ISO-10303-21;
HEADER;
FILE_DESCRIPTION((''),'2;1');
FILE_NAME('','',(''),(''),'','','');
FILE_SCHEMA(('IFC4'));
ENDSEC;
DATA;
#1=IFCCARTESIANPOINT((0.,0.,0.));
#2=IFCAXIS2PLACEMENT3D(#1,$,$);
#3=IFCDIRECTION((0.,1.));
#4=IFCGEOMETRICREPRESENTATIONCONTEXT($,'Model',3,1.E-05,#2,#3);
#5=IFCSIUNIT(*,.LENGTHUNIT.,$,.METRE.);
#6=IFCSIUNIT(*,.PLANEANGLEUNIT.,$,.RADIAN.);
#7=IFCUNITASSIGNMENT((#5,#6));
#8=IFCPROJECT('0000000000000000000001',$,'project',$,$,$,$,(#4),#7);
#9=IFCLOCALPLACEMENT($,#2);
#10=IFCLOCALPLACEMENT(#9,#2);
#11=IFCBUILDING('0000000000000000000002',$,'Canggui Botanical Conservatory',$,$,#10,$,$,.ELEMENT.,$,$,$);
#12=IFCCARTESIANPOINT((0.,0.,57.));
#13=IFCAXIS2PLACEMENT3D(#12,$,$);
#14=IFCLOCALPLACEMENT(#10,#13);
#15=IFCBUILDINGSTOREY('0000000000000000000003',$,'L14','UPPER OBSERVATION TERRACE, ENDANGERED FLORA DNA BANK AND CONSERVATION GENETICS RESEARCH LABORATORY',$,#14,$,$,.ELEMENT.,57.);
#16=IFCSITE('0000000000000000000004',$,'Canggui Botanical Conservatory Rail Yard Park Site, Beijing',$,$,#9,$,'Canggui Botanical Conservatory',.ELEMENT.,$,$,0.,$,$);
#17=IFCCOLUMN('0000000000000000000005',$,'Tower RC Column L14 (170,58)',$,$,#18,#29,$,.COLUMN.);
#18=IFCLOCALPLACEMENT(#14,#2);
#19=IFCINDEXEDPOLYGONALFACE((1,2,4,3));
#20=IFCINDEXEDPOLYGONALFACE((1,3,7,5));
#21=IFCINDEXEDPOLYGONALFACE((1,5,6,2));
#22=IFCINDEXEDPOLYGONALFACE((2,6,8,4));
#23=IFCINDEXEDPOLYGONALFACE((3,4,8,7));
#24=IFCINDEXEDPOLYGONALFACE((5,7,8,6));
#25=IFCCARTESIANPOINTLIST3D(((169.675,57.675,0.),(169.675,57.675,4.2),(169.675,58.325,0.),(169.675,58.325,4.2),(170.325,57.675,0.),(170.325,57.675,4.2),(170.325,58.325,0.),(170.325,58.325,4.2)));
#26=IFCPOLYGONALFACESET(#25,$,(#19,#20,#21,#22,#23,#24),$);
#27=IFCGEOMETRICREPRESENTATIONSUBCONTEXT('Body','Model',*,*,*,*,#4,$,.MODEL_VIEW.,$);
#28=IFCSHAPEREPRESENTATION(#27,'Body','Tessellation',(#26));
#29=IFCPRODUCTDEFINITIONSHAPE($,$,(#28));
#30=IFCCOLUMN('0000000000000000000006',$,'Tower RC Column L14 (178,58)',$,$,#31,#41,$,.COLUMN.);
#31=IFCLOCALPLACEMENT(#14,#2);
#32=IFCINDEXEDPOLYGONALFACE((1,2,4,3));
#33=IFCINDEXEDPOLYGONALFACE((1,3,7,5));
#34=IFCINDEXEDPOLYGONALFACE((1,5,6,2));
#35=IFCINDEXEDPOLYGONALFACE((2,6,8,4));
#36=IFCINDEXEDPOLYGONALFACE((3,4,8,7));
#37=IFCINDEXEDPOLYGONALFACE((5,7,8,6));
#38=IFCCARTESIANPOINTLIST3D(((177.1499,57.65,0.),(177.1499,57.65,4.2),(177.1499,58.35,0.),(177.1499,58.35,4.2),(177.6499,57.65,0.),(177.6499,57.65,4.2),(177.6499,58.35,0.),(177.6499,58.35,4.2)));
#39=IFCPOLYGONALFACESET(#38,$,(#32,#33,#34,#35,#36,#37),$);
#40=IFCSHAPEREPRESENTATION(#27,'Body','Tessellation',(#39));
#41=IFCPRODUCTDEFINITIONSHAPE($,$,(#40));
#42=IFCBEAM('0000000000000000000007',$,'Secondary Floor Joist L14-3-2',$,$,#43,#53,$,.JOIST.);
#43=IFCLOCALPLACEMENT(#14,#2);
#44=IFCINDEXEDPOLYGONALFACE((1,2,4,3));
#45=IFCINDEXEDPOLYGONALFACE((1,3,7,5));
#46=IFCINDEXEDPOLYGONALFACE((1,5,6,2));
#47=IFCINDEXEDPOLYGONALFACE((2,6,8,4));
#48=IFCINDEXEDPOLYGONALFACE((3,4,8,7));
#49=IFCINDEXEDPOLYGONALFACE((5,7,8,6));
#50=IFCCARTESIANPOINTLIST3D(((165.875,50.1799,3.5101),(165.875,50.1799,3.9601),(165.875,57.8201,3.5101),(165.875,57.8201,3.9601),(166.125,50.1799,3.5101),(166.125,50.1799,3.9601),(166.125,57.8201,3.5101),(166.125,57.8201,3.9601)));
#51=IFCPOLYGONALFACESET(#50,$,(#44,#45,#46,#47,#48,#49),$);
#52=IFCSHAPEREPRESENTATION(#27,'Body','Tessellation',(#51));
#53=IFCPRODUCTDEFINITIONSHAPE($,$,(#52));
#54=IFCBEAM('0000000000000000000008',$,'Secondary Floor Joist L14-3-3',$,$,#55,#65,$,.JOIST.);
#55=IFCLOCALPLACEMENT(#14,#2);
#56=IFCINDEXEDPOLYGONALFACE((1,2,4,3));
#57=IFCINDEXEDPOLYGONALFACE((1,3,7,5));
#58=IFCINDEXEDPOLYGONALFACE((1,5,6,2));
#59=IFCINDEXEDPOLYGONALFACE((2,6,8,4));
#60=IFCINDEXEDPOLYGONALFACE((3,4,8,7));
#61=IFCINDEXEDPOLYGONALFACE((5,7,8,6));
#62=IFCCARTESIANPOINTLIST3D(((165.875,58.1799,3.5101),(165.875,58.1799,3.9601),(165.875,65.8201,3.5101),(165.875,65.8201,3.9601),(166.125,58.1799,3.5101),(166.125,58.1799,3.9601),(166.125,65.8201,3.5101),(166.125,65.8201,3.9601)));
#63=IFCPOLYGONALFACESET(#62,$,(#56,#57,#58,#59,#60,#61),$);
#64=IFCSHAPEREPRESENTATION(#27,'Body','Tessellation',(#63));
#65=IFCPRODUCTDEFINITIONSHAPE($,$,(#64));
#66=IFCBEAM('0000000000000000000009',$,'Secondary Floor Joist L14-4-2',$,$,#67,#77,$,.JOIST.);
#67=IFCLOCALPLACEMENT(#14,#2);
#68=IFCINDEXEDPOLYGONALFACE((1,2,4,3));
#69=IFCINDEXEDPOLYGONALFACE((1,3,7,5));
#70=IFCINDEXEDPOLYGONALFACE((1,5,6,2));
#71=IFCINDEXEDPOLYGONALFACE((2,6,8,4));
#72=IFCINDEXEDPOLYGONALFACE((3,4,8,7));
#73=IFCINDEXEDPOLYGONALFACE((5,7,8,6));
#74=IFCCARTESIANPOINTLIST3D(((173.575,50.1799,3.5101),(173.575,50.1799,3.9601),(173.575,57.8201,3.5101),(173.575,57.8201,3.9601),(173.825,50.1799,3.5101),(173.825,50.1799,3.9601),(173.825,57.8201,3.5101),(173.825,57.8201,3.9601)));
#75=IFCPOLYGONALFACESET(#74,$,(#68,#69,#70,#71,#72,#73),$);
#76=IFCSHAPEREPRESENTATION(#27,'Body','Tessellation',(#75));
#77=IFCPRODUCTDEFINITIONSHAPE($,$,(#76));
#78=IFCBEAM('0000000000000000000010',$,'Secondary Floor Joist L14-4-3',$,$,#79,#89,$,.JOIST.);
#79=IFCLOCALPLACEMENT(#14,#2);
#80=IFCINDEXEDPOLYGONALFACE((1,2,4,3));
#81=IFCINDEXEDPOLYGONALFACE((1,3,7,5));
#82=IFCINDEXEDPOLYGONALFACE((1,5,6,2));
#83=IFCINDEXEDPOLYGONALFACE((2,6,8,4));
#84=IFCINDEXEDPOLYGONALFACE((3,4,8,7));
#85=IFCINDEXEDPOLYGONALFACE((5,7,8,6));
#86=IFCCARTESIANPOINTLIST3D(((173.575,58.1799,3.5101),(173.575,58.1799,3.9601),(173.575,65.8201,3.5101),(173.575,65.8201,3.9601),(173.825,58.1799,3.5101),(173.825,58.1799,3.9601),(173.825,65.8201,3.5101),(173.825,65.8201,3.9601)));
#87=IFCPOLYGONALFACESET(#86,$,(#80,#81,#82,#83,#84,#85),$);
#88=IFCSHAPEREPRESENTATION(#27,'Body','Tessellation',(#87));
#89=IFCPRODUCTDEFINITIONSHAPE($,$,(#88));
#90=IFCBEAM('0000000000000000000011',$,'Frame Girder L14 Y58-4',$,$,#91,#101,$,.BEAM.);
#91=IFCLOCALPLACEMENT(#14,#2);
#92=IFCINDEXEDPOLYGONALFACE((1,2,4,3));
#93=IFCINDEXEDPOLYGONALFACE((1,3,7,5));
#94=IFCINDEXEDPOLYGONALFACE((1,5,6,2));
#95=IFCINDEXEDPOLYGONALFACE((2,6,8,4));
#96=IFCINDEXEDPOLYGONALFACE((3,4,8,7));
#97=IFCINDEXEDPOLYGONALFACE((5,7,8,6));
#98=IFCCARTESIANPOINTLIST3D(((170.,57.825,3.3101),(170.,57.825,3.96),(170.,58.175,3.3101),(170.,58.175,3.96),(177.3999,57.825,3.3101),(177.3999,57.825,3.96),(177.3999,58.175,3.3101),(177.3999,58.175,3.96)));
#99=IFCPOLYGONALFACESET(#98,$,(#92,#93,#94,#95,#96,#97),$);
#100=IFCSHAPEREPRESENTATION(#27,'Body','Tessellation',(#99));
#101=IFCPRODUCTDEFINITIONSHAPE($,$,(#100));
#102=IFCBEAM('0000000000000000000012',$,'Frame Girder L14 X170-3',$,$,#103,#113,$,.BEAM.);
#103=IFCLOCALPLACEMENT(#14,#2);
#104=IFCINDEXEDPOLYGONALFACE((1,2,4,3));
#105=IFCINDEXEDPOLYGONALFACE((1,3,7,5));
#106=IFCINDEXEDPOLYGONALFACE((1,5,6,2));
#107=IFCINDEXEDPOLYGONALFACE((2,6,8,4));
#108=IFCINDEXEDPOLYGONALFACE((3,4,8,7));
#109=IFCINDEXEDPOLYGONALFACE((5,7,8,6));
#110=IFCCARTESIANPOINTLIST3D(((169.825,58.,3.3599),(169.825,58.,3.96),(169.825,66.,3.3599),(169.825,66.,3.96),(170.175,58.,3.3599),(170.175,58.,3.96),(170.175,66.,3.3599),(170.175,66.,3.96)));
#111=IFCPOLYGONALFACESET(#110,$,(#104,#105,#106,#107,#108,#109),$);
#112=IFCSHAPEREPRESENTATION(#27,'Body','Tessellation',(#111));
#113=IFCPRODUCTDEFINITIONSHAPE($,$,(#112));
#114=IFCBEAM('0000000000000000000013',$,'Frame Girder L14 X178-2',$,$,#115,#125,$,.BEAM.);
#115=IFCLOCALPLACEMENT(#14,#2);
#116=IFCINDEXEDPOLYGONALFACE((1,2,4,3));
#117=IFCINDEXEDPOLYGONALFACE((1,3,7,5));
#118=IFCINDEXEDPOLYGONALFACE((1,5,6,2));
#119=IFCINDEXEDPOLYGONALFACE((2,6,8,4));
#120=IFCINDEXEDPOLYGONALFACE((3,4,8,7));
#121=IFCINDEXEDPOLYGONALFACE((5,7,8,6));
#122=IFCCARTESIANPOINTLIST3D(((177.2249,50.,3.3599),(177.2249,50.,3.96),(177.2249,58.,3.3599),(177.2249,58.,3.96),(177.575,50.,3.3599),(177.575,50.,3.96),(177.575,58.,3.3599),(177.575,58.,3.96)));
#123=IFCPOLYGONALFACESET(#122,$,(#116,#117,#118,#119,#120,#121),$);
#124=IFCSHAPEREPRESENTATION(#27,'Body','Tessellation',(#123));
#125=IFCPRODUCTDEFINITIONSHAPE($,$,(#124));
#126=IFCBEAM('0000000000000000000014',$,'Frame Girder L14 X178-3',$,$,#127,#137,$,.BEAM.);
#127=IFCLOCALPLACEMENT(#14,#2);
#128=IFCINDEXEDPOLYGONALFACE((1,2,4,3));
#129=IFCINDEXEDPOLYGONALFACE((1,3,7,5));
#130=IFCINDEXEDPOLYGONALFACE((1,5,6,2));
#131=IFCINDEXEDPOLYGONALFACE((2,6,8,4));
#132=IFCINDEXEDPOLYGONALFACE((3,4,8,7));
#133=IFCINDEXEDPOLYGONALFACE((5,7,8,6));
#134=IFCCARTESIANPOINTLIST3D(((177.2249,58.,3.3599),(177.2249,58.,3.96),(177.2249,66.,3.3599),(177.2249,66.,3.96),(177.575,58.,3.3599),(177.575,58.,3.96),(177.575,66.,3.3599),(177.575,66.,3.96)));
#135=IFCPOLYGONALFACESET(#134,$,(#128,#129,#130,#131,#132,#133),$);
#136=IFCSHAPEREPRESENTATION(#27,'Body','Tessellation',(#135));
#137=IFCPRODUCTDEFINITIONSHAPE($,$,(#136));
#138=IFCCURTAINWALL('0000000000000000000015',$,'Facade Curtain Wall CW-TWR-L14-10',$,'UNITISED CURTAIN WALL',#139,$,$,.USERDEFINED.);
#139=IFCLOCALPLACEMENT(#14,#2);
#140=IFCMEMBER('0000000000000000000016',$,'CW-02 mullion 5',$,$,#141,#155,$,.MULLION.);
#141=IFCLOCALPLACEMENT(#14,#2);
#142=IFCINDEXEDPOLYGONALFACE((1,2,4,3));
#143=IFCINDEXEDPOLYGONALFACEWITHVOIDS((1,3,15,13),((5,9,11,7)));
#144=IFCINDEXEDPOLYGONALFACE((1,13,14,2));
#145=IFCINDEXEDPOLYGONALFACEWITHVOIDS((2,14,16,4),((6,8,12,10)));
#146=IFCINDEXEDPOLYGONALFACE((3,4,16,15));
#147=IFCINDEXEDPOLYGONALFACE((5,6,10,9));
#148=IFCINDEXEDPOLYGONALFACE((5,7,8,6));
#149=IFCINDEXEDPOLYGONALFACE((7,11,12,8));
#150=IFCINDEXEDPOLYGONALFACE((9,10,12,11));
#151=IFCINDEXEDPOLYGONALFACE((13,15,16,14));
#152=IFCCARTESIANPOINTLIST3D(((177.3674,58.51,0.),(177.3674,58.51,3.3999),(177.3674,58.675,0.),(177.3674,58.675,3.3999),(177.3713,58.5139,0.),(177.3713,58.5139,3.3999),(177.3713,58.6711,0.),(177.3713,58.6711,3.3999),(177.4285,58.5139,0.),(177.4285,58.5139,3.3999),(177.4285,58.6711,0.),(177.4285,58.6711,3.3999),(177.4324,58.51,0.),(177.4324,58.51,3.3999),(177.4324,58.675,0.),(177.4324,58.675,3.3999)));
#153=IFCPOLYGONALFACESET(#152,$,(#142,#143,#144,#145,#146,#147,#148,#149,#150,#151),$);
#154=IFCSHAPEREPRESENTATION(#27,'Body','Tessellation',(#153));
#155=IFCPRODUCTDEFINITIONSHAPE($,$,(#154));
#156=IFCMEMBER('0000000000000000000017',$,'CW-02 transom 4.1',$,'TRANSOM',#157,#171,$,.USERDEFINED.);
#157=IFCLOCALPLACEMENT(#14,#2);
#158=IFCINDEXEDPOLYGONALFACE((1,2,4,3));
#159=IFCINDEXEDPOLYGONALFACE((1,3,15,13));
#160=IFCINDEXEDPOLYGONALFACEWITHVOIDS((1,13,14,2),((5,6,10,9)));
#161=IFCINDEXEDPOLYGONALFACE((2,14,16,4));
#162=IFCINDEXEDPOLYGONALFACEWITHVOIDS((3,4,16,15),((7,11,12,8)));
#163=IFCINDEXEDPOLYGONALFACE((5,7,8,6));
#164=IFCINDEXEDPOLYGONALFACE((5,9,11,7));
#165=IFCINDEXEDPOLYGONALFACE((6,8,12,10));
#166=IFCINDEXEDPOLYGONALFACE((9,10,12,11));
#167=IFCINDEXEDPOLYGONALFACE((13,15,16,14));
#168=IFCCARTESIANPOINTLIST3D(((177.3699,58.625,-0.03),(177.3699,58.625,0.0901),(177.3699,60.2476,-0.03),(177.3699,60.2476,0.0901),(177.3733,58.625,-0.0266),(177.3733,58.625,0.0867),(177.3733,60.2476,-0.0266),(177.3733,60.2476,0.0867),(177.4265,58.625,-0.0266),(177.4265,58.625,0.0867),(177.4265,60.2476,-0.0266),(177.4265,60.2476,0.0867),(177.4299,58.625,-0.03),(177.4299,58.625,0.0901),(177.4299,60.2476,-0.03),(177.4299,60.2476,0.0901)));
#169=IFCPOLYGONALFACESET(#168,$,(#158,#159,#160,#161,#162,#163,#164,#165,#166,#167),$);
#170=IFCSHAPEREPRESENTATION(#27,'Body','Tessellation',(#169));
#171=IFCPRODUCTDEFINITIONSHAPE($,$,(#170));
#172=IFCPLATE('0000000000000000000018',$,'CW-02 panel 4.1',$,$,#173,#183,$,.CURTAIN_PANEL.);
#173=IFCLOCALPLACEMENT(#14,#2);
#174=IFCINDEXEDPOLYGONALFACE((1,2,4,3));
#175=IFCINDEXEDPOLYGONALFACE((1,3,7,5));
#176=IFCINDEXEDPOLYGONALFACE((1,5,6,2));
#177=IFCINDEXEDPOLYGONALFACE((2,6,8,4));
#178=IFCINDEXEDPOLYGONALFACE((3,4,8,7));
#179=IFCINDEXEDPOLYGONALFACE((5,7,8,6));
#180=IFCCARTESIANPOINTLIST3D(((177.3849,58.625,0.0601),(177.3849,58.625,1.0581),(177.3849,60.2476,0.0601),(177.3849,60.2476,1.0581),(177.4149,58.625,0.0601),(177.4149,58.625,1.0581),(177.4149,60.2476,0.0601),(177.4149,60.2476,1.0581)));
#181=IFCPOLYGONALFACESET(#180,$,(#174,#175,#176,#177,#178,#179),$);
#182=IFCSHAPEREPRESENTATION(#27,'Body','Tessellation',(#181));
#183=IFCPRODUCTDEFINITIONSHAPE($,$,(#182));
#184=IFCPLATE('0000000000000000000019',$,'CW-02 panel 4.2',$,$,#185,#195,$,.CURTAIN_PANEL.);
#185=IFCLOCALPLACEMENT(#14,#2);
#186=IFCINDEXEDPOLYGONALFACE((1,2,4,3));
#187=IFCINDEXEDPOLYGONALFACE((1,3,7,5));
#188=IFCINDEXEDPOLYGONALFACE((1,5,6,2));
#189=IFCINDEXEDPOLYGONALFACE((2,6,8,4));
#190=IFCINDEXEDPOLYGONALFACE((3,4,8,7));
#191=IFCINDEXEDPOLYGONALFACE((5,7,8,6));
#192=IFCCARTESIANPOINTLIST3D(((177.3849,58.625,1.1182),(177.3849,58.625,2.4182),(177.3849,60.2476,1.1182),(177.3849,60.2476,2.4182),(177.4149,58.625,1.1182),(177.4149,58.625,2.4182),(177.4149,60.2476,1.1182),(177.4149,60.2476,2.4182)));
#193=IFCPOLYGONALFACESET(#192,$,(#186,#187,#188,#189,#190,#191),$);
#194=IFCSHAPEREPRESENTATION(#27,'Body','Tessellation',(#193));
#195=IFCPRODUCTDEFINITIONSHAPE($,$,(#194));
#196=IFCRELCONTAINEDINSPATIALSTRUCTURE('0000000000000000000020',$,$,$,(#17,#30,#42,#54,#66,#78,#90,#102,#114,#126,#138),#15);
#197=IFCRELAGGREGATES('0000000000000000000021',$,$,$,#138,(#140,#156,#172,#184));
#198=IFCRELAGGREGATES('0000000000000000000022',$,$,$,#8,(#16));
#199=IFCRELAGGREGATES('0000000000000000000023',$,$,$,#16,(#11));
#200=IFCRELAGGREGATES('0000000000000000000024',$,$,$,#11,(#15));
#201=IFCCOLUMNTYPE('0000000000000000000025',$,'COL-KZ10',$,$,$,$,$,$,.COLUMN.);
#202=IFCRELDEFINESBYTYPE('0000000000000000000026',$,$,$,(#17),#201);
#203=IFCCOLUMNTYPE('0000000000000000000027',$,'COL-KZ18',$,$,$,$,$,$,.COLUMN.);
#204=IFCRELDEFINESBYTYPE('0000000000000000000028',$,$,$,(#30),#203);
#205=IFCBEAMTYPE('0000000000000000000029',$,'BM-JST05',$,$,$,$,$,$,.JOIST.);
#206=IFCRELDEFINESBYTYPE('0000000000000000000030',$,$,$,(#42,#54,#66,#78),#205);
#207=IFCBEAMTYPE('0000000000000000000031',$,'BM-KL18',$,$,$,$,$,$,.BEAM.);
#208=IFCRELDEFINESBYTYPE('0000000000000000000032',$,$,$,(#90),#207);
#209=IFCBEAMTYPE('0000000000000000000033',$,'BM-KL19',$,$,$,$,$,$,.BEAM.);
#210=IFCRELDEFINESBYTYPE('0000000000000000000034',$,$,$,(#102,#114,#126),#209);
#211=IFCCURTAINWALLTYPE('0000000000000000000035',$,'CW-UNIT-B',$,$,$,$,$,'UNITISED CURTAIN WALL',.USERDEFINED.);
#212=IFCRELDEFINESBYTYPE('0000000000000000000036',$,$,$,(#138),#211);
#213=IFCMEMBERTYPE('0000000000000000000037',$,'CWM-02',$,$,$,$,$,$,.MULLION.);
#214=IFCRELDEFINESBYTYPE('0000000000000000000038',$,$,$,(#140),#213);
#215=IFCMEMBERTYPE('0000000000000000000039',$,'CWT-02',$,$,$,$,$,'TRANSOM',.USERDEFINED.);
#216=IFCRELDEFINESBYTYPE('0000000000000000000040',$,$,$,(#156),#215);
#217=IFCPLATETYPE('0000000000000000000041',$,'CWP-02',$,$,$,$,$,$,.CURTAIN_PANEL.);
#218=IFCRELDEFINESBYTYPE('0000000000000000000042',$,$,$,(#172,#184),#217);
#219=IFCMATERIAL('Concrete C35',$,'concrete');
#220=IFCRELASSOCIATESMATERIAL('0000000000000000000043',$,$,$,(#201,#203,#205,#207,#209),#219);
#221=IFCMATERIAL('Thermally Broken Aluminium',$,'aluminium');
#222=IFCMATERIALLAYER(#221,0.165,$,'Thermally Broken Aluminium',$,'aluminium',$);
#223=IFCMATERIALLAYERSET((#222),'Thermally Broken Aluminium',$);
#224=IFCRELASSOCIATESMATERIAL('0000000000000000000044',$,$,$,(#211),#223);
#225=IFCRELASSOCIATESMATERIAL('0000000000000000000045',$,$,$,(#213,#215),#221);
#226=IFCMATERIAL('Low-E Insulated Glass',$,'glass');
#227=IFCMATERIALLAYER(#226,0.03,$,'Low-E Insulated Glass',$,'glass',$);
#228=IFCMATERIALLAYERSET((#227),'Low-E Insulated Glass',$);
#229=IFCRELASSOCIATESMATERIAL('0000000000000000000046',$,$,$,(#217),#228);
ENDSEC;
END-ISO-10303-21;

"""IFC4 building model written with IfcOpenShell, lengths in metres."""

from ifc_helpers import new_model, si_unit, direction, frame, origin, origin_2d, place, context, subcontext, project, spatial, rectangle, hollow_rectangle, extrude, material, layer, layer_set, material_profile, profile_set, type_object, element, aggregate, save


model = new_model("IFC4")

# Units and contexts
model_context = context("Model", 3, precision=1e-05, world=origin(), true_north=direction((0.0, 1.0)))
body_context = subcontext(model_context, "Body", "Model", "MODEL_VIEW")
ifc_project = project(units=[si_unit("LENGTHUNIT", "METRE"), si_unit("PLANEANGLEUNIT", "RADIAN")], contexts=[model_context])

# Site, building, storey
site_placement = place(None, origin())
site = spatial("IfcSite", under=ifc_project, at=site_placement, Name="Canggui Botanical Conservatory Rail Yard Park Site, Beijing", LongName="Canggui Botanical Conservatory", CompositionType="ELEMENT", RefElevation=0.0)
building_placement = place(site_placement, origin())
building = spatial("IfcBuilding", under=site, at=building_placement, Name="Canggui Botanical Conservatory", CompositionType="ELEMENT")
storey_placement = place(building_placement, frame((0.0, 0.0, 57.0)))
storey = spatial("IfcBuildingStorey", under=building, at=storey_placement, Name="L14", Description="UPPER OBSERVATION TERRACE, ENDANGERED FLORA DNA BANK AND CONSERVATION GENETICS RESEARCH LABORATORY", CompositionType="ELEMENT", Elevation=57.0)

# Columns
ifc_material_1 = material(Name="Concrete C35", Category="concrete")
ifc_material_profile_1 = material_profile(ifc_material_1, rectangle(XDim=0.6499, YDim=0.6499, at=origin_2d()), Name="RC 650x650")
ifc_profile_set_1 = profile_set([ifc_material_profile_1], Name="Concrete C35")
column_type_1 = type_object("IfcColumnType", Name="COL-KZ10", PredefinedType="COLUMN", material=ifc_profile_set_1)
column_1_placement = place(storey_placement, frame((170.0, 58.0, 0.0), z_axis=(0.0, 0.0, 1.0), x_axis=(1.0, 0.0, 0.0)))
element("IfcColumn", 1, at=column_1_placement, inside=storey, type_object=column_type_1, Name="Tower RC Column L14 (170,58)", PredefinedType="COLUMN", context=body_context, shape_type="SweptSolid", body=[
    extrude(rectangle(XDim=0.6499, YDim=0.6499, at=origin_2d()), origin(), (0.0, 0.0, 1.0), 4.2),
])
ifc_material_profile_2 = material_profile(ifc_material_1, rectangle(XDim=0.5, YDim=0.7, at=origin_2d()), Name="RC 500x700")
ifc_profile_set_2 = profile_set([ifc_material_profile_2], Name="Concrete C35")
column_type_2 = type_object("IfcColumnType", Name="COL-KZ18", PredefinedType="COLUMN", material=ifc_profile_set_2)
column_2_placement = place(storey_placement, frame((177.3999, 58.0, 0.0), z_axis=(0.0, 0.0, 1.0), x_axis=(1.0, 0.0, 0.0)))
element("IfcColumn", 2, at=column_2_placement, inside=storey, type_object=column_type_2, Name="Tower RC Column L14 (178,58)", PredefinedType="COLUMN", context=body_context, shape_type="SweptSolid", body=[
    extrude(rectangle(XDim=0.5, YDim=0.7, at=origin_2d()), origin(), (0.0, 0.0, 1.0), 4.2),
])

# Beams
ifc_material_profile_3 = material_profile(ifc_material_1, rectangle(XDim=0.25, YDim=0.45, at=origin_2d()), Name="RB 250x450")
ifc_profile_set_3 = profile_set([ifc_material_profile_3], Name="Concrete C35")
beam_type_1 = type_object("IfcBeamType", Name="BM-JST05", PredefinedType="JOIST", material=ifc_profile_set_3)
for number, where, z_axis, x_axis, name in (
    (3, (166.0, 50.1799, 3.7351), (0.0, 1.0, 0.0), (-1.0, 0.0, 0.0), "Secondary Floor Joist L14-3-2"),
    (4, (166.0, 58.1799, 3.7351), (0.0, 1.0, 0.0), (-1.0, 0.0, 0.0), "Secondary Floor Joist L14-3-3"),
    (5, (173.7, 50.1799, 3.7351), (0.0, 1.0, 0.0), (-1.0, 0.0, 0.0), "Secondary Floor Joist L14-4-2"),
    (6, (173.7, 58.1799, 3.7351), (0.0, 1.0, 0.0), (-1.0, 0.0, 0.0), "Secondary Floor Joist L14-4-3"),
):
    element("IfcBeam", number, at=place(storey_placement, frame(where, z_axis=z_axis, x_axis=x_axis)), inside=storey, type_object=beam_type_1, Name=name, PredefinedType="JOIST", context=body_context, shape_type="SweptSolid", body=[
        extrude(rectangle(XDim=0.25, YDim=0.45, at=origin_2d()), origin(), (0.0, 0.0, 1.0), 7.6401),
    ])
ifc_material_profile_4 = material_profile(ifc_material_1, rectangle(XDim=0.3501, YDim=0.6499, at=origin_2d()), Name="RB 350x650")
ifc_profile_set_4 = profile_set([ifc_material_profile_4], Name="Concrete C35")
beam_type_2 = type_object("IfcBeamType", Name="BM-KL18", PredefinedType="BEAM", material=ifc_profile_set_4)
beam_placement = place(storey_placement, frame((170.0, 58.0, 3.635), z_axis=(1.0, 0.0, 0.0), x_axis=(0.0, 1.0, 0.0)))
element("IfcBeam", 7, at=beam_placement, inside=storey, type_object=beam_type_2, Name="Frame Girder L14 Y58-4", PredefinedType="BEAM", context=body_context, shape_type="SweptSolid", body=[
    extrude(rectangle(XDim=0.3501, YDim=0.6499, at=origin_2d()), origin(), (0.0, 0.0, 1.0), 7.3999),
])
ifc_material_profile_5 = material_profile(ifc_material_1, rectangle(XDim=0.3501, YDim=0.6001, at=origin_2d()), Name="RB 350x600")
ifc_profile_set_5 = profile_set([ifc_material_profile_5], Name="Concrete C35")
beam_type_3 = type_object("IfcBeamType", Name="BM-KL19", PredefinedType="BEAM", material=ifc_profile_set_5)
for number, where, z_axis, x_axis, name in (
    (8, (170.0, 58.0, 3.6599), (0.0, 1.0, 0.0), (-1.0, 0.0, 0.0), "Frame Girder L14 X170-3"),
    (9, (177.3999, 50.0, 3.6599), (0.0, 1.0, 0.0), (-1.0, 0.0, 0.0), "Frame Girder L14 X178-2"),
    (10, (177.3999, 58.0, 3.6599), (0.0, 1.0, 0.0), (-1.0, 0.0, 0.0), "Frame Girder L14 X178-3"),
):
    element("IfcBeam", number, at=place(storey_placement, frame(where, z_axis=z_axis, x_axis=x_axis)), inside=storey, type_object=beam_type_3, Name=name, PredefinedType="BEAM", context=body_context, shape_type="SweptSolid", body=[
        extrude(rectangle(XDim=0.3501, YDim=0.6001, at=origin_2d()), origin(), (0.0, 0.0, 1.0), 8.0),
    ])

# Curtain wall, members, plates
ifc_material_2 = material(Name="Thermally Broken Aluminium", Category="aluminium")
ifc_layer_1 = layer(ifc_material_2, 0.165, Name="Thermally Broken Aluminium", Category="aluminium")
ifc_layer_set_1 = layer_set([ifc_layer_1], Name="Thermally Broken Aluminium")
curtain_wall_type = type_object("IfcCurtainWallType", Name="CW-UNIT-B", ElementType="UNITISED CURTAIN WALL", PredefinedType="USERDEFINED", material=ifc_layer_set_1)
curtain_wall_placement = place(storey_placement, origin())
curtain_wall = element("IfcCurtainWall", 11, at=curtain_wall_placement, inside=storey, type_object=curtain_wall_type, Name="Facade Curtain Wall CW-TWR-L14-10", ObjectType="UNITISED CURTAIN WALL", PredefinedType="USERDEFINED")
ifc_material_profile_6 = material_profile(ifc_material_2, hollow_rectangle(XDim=0.0649, YDim=0.165, WallThickness=0.0039, at=origin_2d()), Name="CWM 65x165x4")
ifc_profile_set_6 = profile_set([ifc_material_profile_6], Name="Thermally Broken Aluminium")
member_type_1 = type_object("IfcMemberType", Name="CWM-02", PredefinedType="MULLION", material=ifc_profile_set_6)
member_1_placement = place(storey_placement, frame((177.3999, 58.5925, 0.0), z_axis=(0.0, 0.0, 1.0), x_axis=(1.0, 0.0, 0.0)))
member_1 = element("IfcMember", 12, at=member_1_placement, type_object=member_type_1, Name="CW-02 mullion 5", PredefinedType="MULLION", context=body_context, shape_type="SweptSolid", body=[
    extrude(hollow_rectangle(XDim=0.0649, YDim=0.165, WallThickness=0.0039, at=origin_2d()), origin(), (0.0, 0.0, 1.0), 3.3999),
])
ifc_material_profile_7 = material_profile(ifc_material_2, hollow_rectangle(XDim=0.0601, YDim=0.1201, WallThickness=0.0034, at=origin_2d()), Name="CWT 60x120x3.5")
ifc_profile_set_7 = profile_set([ifc_material_profile_7], Name="Thermally Broken Aluminium")
member_type_2 = type_object("IfcMemberType", Name="CWT-02", ElementType="TRANSOM", PredefinedType="USERDEFINED", material=ifc_profile_set_7)
member_2_placement = place(storey_placement, frame((177.3999, 60.2476, 0.03), z_axis=(0.0, -1.0, 0.0), x_axis=(1.0, 0.0, 0.0)))
member_2 = element("IfcMember", 13, at=member_2_placement, type_object=member_type_2, Name="CW-02 transom 4.1", ObjectType="TRANSOM", PredefinedType="USERDEFINED", context=body_context, shape_type="SweptSolid", body=[
    extrude(hollow_rectangle(XDim=0.0601, YDim=0.1201, WallThickness=0.0034, at=origin_2d()), origin(), (0.0, 0.0, 1.0), 1.6226),
])
ifc_material_3 = material(Name="Low-E Insulated Glass", Category="glass")
ifc_layer_2 = layer(ifc_material_3, 0.03, Name="Low-E Insulated Glass", Category="glass")
ifc_layer_set_2 = layer_set([ifc_layer_2], Name="Low-E Insulated Glass")
plate_type = type_object("IfcPlateType", Name="CWP-02", PredefinedType="CURTAIN_PANEL", material=ifc_layer_set_2)
plate_1_placement = place(storey_placement, frame((177.3999, 59.4363, 0.0601), z_axis=(0.0, 0.0, 1.0), x_axis=(0.0, -1.0, 0.0)))
plate_1 = element("IfcPlate", 14, at=plate_1_placement, type_object=plate_type, Name="CW-02 panel 4.1", PredefinedType="CURTAIN_PANEL", context=body_context, shape_type="SweptSolid", body=[
    extrude(rectangle(XDim=1.6226, YDim=0.03, at=origin_2d()), origin(), (0.0, 0.0, 1.0), 0.998),
])
plate_2_placement = place(storey_placement, frame((177.3999, 59.4363, 1.1182), z_axis=(0.0, 0.0, 1.0), x_axis=(0.0, -1.0, 0.0)))
plate_2 = element("IfcPlate", 15, at=plate_2_placement, type_object=plate_type, Name="CW-02 panel 4.2", PredefinedType="CURTAIN_PANEL", context=body_context, shape_type="SweptSolid", body=[
    extrude(rectangle(XDim=1.6226, YDim=0.03, at=origin_2d()), origin(), (0.0, 0.0, 1.0), 1.3),
])
aggregate(curtain_wall, [member_1, member_2, plate_1, plate_2])

save(model, "model.ifc")
